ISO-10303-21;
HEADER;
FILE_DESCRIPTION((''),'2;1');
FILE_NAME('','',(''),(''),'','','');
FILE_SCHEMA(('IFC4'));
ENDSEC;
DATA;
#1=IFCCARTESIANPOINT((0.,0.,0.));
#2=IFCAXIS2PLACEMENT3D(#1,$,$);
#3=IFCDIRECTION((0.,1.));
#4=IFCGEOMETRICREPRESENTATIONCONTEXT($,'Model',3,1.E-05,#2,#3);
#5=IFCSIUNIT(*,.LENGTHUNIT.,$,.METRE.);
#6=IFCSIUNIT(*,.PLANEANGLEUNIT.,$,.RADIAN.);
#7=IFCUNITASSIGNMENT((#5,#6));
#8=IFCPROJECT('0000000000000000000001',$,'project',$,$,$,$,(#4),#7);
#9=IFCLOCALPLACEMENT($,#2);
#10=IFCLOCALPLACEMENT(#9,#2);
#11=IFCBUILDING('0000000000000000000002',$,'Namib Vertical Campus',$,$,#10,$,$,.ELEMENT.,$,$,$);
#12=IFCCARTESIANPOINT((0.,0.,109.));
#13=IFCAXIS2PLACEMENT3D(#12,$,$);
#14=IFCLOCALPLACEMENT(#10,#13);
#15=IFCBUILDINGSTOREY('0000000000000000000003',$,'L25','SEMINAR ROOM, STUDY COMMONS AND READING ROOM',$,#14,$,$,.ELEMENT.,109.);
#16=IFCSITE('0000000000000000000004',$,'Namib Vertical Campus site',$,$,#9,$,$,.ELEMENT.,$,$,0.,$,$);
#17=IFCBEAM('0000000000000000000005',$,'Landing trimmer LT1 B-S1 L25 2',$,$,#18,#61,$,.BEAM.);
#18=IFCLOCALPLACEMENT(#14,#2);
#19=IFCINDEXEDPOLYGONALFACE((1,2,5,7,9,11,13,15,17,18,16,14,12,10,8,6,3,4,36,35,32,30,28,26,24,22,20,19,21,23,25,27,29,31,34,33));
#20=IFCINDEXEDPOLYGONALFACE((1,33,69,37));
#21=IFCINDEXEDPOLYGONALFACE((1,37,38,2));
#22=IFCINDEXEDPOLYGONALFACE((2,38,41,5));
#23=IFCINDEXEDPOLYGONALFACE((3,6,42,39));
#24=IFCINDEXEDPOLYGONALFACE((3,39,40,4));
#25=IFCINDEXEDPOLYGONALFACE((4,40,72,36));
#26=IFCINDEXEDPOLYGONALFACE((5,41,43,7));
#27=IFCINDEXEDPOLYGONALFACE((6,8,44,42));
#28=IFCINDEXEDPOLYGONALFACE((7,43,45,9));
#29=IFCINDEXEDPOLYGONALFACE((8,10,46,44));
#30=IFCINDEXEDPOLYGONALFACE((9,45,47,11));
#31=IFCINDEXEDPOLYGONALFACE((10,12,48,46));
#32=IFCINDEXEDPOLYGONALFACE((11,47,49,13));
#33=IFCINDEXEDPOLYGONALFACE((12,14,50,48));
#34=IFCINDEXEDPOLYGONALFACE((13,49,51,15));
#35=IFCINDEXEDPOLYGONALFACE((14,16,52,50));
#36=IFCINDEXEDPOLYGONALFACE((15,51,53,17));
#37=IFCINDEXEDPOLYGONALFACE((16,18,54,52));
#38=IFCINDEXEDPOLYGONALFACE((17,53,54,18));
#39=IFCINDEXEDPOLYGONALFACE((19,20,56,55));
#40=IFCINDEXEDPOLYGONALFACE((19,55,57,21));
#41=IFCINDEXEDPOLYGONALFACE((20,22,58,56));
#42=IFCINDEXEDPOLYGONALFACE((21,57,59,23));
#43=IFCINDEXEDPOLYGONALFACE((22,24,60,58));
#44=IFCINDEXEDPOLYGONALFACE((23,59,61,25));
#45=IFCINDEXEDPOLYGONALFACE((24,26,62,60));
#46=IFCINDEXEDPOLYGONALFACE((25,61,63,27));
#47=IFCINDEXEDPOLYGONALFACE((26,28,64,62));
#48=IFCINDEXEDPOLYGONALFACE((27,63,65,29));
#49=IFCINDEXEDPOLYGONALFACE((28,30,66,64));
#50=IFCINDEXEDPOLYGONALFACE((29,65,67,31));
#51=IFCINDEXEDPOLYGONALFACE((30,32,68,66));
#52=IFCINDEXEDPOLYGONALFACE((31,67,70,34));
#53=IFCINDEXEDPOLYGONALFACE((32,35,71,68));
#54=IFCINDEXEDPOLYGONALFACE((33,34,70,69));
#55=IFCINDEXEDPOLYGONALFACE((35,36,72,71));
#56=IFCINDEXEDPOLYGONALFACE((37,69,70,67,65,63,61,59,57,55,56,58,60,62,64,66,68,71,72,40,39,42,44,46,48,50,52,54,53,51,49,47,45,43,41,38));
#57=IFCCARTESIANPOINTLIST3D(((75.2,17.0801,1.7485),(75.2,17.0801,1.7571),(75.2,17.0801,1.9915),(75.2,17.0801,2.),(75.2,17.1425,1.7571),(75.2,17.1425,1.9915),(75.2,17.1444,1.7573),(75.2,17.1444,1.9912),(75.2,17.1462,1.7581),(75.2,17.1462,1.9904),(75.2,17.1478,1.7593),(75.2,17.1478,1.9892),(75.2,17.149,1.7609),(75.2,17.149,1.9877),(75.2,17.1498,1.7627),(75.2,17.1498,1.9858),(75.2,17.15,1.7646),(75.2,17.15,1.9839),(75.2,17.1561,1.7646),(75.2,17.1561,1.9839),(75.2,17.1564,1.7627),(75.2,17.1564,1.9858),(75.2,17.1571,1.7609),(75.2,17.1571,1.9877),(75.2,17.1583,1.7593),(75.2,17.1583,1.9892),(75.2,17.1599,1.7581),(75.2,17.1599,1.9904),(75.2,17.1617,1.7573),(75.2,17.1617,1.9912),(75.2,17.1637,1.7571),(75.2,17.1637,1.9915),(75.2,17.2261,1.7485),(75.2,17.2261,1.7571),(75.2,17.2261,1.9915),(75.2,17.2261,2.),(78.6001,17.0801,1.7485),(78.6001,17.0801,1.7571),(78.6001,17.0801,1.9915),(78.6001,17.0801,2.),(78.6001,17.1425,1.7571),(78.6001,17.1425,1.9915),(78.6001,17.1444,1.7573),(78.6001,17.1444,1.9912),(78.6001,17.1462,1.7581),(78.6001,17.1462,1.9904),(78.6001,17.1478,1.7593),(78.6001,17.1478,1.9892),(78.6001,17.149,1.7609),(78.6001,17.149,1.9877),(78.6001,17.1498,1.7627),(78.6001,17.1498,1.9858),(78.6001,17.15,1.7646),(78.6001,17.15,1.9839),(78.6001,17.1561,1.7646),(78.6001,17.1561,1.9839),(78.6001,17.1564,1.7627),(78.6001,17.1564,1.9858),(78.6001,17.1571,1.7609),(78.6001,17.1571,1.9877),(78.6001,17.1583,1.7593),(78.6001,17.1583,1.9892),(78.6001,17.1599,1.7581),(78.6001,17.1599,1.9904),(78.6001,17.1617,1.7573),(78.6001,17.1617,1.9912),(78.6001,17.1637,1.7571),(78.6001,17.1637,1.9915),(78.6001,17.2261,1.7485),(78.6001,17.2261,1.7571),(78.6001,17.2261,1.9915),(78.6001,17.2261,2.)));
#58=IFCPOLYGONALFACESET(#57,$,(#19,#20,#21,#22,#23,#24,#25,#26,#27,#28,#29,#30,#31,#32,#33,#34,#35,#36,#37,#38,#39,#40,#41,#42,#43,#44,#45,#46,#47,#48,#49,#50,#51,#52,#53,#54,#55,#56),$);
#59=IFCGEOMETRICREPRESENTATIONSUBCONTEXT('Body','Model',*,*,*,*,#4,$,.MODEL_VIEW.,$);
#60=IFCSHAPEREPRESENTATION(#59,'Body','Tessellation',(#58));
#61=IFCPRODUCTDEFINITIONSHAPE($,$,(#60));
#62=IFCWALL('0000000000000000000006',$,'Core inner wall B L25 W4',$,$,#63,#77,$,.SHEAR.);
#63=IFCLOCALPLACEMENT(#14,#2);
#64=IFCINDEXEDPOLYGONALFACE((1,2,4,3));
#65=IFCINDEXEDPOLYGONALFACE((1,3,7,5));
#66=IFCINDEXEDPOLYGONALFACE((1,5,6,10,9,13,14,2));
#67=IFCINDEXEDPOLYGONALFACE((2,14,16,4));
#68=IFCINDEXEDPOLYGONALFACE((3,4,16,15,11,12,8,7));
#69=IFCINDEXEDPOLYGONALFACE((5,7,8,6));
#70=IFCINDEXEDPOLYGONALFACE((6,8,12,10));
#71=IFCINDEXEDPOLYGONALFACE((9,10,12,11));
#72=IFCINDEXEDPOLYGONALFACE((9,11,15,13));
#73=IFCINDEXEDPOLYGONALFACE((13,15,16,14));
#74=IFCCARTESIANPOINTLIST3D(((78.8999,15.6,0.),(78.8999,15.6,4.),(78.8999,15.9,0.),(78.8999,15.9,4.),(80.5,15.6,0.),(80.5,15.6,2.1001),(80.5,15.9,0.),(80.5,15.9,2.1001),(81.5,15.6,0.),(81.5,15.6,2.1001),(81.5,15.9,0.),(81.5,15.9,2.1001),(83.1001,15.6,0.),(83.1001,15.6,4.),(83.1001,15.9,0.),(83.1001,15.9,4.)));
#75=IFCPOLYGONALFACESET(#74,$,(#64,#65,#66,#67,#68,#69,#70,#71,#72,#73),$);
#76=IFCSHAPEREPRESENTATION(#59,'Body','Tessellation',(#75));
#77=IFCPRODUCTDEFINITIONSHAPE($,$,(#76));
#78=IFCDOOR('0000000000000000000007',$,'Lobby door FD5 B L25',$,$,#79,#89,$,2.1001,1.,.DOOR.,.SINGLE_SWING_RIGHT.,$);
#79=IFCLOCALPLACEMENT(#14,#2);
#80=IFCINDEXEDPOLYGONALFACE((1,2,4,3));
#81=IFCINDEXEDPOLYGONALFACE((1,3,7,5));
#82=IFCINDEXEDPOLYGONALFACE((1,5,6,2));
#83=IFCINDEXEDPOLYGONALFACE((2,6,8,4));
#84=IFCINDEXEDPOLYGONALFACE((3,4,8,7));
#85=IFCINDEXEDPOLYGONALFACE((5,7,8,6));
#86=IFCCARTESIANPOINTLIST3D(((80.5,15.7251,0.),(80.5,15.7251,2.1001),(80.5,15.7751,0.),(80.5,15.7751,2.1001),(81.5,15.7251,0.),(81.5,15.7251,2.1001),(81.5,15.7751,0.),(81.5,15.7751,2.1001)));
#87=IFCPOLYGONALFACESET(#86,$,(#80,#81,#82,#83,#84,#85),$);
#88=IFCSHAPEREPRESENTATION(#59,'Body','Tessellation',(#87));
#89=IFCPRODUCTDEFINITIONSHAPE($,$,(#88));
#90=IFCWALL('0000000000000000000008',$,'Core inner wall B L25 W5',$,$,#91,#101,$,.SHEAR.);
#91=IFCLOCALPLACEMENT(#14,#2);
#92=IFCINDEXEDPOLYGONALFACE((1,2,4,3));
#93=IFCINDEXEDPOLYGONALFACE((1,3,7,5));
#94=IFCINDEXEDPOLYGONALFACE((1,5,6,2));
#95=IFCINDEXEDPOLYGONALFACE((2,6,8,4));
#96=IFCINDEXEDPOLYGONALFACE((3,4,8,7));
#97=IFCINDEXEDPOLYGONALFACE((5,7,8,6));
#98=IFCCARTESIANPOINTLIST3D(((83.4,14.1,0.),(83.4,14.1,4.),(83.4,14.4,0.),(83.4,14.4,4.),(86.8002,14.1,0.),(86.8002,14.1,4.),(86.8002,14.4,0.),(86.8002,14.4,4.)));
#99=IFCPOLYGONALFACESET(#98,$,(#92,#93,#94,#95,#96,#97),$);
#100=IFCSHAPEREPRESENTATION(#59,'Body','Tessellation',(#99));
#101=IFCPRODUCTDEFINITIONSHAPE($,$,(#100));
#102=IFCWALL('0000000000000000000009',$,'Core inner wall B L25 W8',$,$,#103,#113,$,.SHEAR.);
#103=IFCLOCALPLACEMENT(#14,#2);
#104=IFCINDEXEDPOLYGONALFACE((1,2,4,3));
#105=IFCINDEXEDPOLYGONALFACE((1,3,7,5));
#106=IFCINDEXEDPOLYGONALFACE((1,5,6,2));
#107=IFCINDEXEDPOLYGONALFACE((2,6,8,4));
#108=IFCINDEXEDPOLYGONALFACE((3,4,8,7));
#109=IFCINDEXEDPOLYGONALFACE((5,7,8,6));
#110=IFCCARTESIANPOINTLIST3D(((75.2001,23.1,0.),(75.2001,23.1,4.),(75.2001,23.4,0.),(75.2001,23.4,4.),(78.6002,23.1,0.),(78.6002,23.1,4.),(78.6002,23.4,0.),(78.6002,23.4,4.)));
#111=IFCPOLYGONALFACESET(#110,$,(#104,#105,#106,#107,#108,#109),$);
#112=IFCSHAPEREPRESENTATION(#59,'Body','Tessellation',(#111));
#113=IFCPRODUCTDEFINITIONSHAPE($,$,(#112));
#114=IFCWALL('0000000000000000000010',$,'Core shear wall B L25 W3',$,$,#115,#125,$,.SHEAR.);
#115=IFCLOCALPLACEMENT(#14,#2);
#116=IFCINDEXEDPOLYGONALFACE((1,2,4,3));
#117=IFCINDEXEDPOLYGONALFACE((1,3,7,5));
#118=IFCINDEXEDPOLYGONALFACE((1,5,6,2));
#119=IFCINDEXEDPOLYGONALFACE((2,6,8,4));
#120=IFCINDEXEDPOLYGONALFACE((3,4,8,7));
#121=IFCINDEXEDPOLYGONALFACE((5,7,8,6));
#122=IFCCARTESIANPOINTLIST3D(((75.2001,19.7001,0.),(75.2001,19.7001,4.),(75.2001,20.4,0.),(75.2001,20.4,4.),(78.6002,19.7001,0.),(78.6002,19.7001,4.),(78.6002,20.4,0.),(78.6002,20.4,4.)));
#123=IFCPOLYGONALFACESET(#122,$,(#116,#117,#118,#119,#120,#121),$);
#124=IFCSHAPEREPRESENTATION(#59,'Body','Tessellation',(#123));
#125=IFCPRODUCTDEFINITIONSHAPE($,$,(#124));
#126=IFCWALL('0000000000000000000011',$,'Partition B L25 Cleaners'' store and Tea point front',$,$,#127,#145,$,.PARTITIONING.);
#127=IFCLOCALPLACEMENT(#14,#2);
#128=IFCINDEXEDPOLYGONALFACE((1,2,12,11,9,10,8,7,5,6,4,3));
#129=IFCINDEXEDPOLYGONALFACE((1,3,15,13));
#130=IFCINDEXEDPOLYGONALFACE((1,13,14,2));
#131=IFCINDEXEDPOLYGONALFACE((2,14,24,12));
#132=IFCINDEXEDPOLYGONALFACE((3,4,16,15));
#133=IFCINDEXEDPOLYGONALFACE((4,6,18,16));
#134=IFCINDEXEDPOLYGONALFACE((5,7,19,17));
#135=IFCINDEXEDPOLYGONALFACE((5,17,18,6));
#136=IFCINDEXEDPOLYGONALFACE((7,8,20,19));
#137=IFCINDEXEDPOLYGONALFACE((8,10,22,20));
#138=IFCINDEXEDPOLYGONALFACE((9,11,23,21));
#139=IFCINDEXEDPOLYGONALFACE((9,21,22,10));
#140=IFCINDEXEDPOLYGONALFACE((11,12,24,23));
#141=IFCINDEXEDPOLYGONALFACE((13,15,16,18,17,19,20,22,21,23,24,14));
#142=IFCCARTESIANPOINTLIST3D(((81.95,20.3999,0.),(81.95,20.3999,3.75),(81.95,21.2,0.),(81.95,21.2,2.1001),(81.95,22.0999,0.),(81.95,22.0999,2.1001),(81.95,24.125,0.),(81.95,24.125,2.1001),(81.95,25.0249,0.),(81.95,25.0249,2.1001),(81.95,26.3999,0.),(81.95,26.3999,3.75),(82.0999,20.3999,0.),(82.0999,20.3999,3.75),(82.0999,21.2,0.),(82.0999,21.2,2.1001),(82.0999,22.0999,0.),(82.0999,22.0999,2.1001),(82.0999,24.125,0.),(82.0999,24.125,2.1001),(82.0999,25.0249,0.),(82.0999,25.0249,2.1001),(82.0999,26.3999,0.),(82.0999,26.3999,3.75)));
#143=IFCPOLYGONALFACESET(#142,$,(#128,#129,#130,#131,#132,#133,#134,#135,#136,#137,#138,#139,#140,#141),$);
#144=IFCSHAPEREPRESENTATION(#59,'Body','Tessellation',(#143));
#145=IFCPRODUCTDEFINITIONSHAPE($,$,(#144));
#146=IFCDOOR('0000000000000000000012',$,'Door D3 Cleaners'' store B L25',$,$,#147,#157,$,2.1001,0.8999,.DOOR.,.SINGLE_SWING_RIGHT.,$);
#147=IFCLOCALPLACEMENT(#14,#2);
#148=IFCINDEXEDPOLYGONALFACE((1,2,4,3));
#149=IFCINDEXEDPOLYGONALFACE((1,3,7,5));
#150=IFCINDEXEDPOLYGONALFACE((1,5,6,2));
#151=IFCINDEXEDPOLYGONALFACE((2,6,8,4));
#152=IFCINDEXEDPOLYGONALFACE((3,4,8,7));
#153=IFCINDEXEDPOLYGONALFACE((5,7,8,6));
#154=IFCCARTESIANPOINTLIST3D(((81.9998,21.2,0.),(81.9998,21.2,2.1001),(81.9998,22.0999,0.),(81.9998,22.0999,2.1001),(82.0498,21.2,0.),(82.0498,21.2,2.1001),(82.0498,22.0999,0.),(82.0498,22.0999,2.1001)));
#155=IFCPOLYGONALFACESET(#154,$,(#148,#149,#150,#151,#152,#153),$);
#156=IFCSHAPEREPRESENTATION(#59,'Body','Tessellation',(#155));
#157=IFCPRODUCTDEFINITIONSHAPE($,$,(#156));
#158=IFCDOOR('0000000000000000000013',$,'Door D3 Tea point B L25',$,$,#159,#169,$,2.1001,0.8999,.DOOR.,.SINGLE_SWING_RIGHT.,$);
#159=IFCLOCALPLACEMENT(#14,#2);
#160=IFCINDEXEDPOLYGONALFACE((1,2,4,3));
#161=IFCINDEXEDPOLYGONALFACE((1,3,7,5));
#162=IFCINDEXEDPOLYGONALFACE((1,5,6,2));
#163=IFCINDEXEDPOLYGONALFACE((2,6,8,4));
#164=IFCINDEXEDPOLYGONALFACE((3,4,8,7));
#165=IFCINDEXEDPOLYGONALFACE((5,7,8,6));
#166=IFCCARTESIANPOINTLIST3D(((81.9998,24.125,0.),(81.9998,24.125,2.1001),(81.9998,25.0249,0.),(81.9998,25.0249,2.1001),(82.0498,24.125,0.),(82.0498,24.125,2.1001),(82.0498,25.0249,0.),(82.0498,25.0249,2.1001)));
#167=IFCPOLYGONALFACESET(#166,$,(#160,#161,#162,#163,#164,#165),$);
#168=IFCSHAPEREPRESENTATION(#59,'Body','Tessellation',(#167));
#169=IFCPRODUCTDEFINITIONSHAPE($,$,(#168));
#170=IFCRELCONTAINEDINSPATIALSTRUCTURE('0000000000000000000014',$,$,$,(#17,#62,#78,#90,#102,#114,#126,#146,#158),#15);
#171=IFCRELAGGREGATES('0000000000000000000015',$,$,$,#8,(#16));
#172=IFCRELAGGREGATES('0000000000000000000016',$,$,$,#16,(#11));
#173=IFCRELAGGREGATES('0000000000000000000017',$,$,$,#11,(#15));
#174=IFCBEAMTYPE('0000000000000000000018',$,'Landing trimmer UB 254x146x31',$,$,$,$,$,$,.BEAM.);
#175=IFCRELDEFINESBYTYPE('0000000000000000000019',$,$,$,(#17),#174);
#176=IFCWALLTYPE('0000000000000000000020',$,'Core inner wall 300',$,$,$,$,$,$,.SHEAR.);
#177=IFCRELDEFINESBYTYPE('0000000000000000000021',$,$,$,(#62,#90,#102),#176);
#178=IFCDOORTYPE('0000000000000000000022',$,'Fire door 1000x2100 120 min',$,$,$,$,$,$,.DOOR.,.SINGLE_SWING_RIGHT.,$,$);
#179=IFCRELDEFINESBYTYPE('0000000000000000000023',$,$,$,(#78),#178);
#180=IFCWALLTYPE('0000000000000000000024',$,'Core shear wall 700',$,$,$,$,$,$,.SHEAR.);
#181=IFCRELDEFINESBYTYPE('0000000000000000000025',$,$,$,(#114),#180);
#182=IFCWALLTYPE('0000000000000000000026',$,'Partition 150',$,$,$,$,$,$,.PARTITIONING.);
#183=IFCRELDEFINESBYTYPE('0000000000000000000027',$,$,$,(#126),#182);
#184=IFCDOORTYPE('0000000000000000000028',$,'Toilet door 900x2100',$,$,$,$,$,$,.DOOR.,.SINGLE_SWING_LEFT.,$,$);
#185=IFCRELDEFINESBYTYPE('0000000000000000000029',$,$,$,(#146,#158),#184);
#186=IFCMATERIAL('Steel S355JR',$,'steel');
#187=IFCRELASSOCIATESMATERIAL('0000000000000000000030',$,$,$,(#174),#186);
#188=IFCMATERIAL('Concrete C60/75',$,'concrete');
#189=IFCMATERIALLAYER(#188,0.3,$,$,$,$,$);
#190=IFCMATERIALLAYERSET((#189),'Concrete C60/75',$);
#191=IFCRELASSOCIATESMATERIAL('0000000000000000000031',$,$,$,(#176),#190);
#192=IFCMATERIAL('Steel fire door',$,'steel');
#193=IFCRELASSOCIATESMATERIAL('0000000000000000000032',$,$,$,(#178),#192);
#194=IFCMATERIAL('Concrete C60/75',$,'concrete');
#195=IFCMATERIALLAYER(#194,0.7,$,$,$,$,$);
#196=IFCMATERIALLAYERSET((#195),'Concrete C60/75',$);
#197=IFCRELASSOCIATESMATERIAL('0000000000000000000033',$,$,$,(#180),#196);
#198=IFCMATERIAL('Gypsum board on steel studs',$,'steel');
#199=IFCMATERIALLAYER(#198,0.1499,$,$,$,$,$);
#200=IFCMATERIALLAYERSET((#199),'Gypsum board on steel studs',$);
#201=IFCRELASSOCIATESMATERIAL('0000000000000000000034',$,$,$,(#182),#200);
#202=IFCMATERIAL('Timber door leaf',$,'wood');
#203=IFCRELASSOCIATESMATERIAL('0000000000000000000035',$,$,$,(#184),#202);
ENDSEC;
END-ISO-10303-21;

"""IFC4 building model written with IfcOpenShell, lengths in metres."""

from ifc_helpers import new_model, si_unit, direction, frame, frame_2d, origin, origin_2d, place, context, subcontext, project, spatial, rectangle, i_section, extrude, material, layer, layer_set, material_profile, profile_set, type_object, element, fill, save


model = new_model("IFC4")

# Units and contexts
model_context = context("Model", 3, precision=1e-05, world=origin(), true_north=direction((0.0, 1.0)))
body_context = subcontext(model_context, "Body", "Model", "MODEL_VIEW")
ifc_project = project(units=[si_unit("LENGTHUNIT", "METRE"), si_unit("PLANEANGLEUNIT", "RADIAN")], contexts=[model_context])

# Site, building, storey
site_placement = place(None, origin())
site = spatial("IfcSite", under=ifc_project, at=site_placement, Name="Namib Vertical Campus site", CompositionType="ELEMENT", RefElevation=0.0)
building_placement = place(site_placement, origin())
building = spatial("IfcBuilding", under=site, at=building_placement, Name="Namib Vertical Campus", CompositionType="ELEMENT")
storey_placement = place(building_placement, frame((0.0, 0.0, 109.0)))
storey = spatial("IfcBuildingStorey", under=building, at=storey_placement, Name="L25", Description="SEMINAR ROOM, STUDY COMMONS AND READING ROOM", CompositionType="ELEMENT", Elevation=109.0)

# Beam
ifc_material_1 = material(Name="Steel S355JR", Category="steel")
ifc_material_profile = material_profile(ifc_material_1, i_section(OverallWidth=0.146, OverallDepth=0.2515, WebThickness=0.0061, FlangeThickness=0.0085, FilletRadius=0.0076, at=origin_2d()))
ifc_profile_set = profile_set([ifc_material_profile], Name="Steel S355JR")
beam_type = type_object("IfcBeamType", Name="Landing trimmer UB 254x146x31", PredefinedType="BEAM", material=ifc_profile_set)
beam_placement = place(storey_placement, frame((75.2, 17.1531, 1.8743), z_axis=(1.0, 0.0, 0.0), x_axis=(0.0, 1.0, 0.0)))
element("IfcBeam", 1, at=beam_placement, inside=storey, type_object=beam_type, Name="Landing trimmer LT1 B-S1 L25 2", PredefinedType="BEAM", context=body_context, shape_type="SweptSolid", body=[
    extrude(i_section(OverallWidth=0.146, OverallDepth=0.2515, WebThickness=0.0061, FlangeThickness=0.0085, FilletRadius=0.0076, at=origin_2d()), origin(), (0.0, 0.0, 1.0), 3.4001),
])

# Wall, opening, door
ifc_material_2 = material(Name="Concrete C60/75", Category="concrete")
ifc_layer_1 = layer(ifc_material_2, 0.3)
ifc_layer_set_1 = layer_set([ifc_layer_1], Name="Concrete C60/75")
wall_type_1 = type_object("IfcWallType", Name="Core inner wall 300", PredefinedType="SHEAR", material=ifc_layer_set_1)
wall_1_placement = place(storey_placement, frame((78.8999, 15.75, 0.0), z_axis=(0.0, 0.0, 1.0), x_axis=(1.0, 0.0, 0.0)))
wall_1 = element("IfcWall", 2, at=wall_1_placement, inside=storey, type_object=wall_type_1, Name="Core inner wall B L25 W4", PredefinedType="SHEAR", context=body_context, shape_type="SweptSolid", body=[
    extrude(rectangle(XDim=4.2002, YDim=0.3, at=frame_2d((2.1001, 0.0))), origin(), (0.0, 0.0, 1.0), 4.0),
])
opening_1_placement = place(wall_1_placement, frame((1.6001, 0.0, 0.0)))
opening_1 = element("IfcOpeningElement", 3, at=opening_1_placement, cuts=wall_1, PredefinedType="OPENING", context=body_context, shape_type="SweptSolid", body=[
    extrude(rectangle(XDim=1.0, YDim=2.1001, at=frame_2d((0.5, 1.05))), frame((0.0, 0.1599, 0.0), z_axis=(0.0, -1.0, 0.0), x_axis=(1.0, 0.0, 0.0)), (0.0, 0.0, 1.0), 0.3201),
])
ifc_material_3 = material(Name="Steel fire door", Category="steel")
door_type_1 = type_object("IfcDoorType", Name="Fire door 1000x2100 120 min", OperationType="SINGLE_SWING_RIGHT", PredefinedType="DOOR", material=ifc_material_3)
door_1_placement = place(opening_1_placement, frame((1.0, 0.0, 0.0), z_axis=(0.0, 0.0, 1.0), x_axis=(-1.0, 0.0, 0.0)))
door_1 = element("IfcDoor", 4, at=door_1_placement, inside=storey, type_object=door_type_1, Name="Lobby door FD5 B L25", OperationType="SINGLE_SWING_RIGHT", OverallHeight=2.1001, OverallWidth=1.0, PredefinedType="DOOR", context=body_context, shape_type="SweptSolid", body=[
    extrude(rectangle(XDim=1.0, YDim=2.1001, at=frame_2d((0.5, 1.05))), frame((0.0, 0.0249, 0.0), z_axis=(0.0, -1.0, 0.0), x_axis=(1.0, 0.0, 0.0)), (0.0, 0.0, 1.0), 0.05),
])
fill(opening_1, door_1)

# Walls
for number, where, z_axis, x_axis, name in (
    (5, (83.3999, 14.25, 0.0), (0.0, 0.0, 1.0), (1.0, 0.0, 0.0), "Core inner wall B L25 W5"),
    (6, (75.2, 23.25, 0.0), (0.0, 0.0, 1.0), (1.0, 0.0, 0.0), "Core inner wall B L25 W8"),
):
    element("IfcWall", number, at=place(storey_placement, frame(where, z_axis=z_axis, x_axis=x_axis)), inside=storey, type_object=wall_type_1, Name=name, PredefinedType="SHEAR", context=body_context, shape_type="SweptSolid", body=[
        extrude(rectangle(XDim=3.4001, YDim=0.3, at=frame_2d((1.7002, 0.0))), origin(), (0.0, 0.0, 1.0), 4.0),
    ])
ifc_material_4 = material(Name="Concrete C60/75", Category="concrete")
ifc_layer_2 = layer(ifc_material_4, 0.7)
ifc_layer_set_2 = layer_set([ifc_layer_2], Name="Concrete C60/75")
wall_type_2 = type_object("IfcWallType", Name="Core shear wall 700", PredefinedType="SHEAR", material=ifc_layer_set_2)
wall_2_placement = place(storey_placement, frame((75.2, 20.05, 0.0), z_axis=(0.0, 0.0, 1.0), x_axis=(1.0, 0.0, 0.0)))
element("IfcWall", 7, at=wall_2_placement, inside=storey, type_object=wall_type_2, Name="Core shear wall B L25 W3", PredefinedType="SHEAR", context=body_context, shape_type="SweptSolid", body=[
    extrude(rectangle(XDim=3.4001, YDim=0.7, at=frame_2d((1.7002, 0.0))), origin(), (0.0, 0.0, 1.0), 4.0),
])

# Wall, openings, doors
ifc_material_5 = material(Name="Gypsum board on steel studs", Category="steel")
ifc_layer_3 = layer(ifc_material_5, 0.1499)
ifc_layer_set_3 = layer_set([ifc_layer_3], Name="Gypsum board on steel studs")
wall_type_3 = type_object("IfcWallType", Name="Partition 150", PredefinedType="PARTITIONING", material=ifc_layer_set_3)
wall_3_placement = place(storey_placement, frame((82.0249, 20.3999, 0.0), z_axis=(0.0, 0.0, 1.0), x_axis=(0.0, 1.0, 0.0)))
wall_3 = element("IfcWall", 8, at=wall_3_placement, inside=storey, type_object=wall_type_3, Name="Partition B L25 Cleaners' store and Tea point front", PredefinedType="PARTITIONING", context=body_context, shape_type="SweptSolid", body=[
    extrude(rectangle(XDim=6.0, YDim=0.1499, at=frame_2d((3.0, 0.0))), origin(), (0.0, 0.0, 1.0), 3.75),
])
opening_2_placement = place(wall_3_placement, frame((0.8, 0.0, 0.0)))
opening_2 = element("IfcOpeningElement", 9, at=opening_2_placement, cuts=wall_3, PredefinedType="OPENING", context=body_context, shape_type="SweptSolid", body=[
    extrude(rectangle(XDim=0.8999, YDim=2.1001, at=frame_2d((0.45, 1.05))), frame((0.0, 0.085, 0.0), z_axis=(0.0, -1.0, 0.0), x_axis=(1.0, 0.0, 0.0)), (0.0, 0.0, 1.0), 0.1699),
])
opening_3_placement = place(wall_3_placement, frame((3.7251, 0.0, 0.0)))
opening_3 = element("IfcOpeningElement", 10, at=opening_3_placement, cuts=wall_3, PredefinedType="OPENING", context=body_context, shape_type="SweptSolid", body=[
    extrude(rectangle(XDim=0.8999, YDim=2.1001, at=frame_2d((0.45, 1.05))), frame((0.0, 0.085, 0.0), z_axis=(0.0, -1.0, 0.0), x_axis=(1.0, 0.0, 0.0)), (0.0, 0.0, 1.0), 0.1699),
])
ifc_material_6 = material(Name="Timber door leaf", Category="wood")
door_type_2 = type_object("IfcDoorType", Name="Toilet door 900x2100", OperationType="SINGLE_SWING_LEFT", PredefinedType="DOOR", material=ifc_material_6)
door_2_placement = place(opening_2_placement, frame((0.8999, 0.0, 0.0), z_axis=(0.0, 0.0, 1.0), x_axis=(-1.0, 0.0, 0.0)))
door_2 = element("IfcDoor", 11, at=door_2_placement, inside=storey, type_object=door_type_2, Name="Door D3 Cleaners' store B L25", OperationType="SINGLE_SWING_RIGHT", OverallHeight=2.1001, OverallWidth=0.8999, PredefinedType="DOOR", context=body_context, shape_type="SweptSolid", body=[
    extrude(rectangle(XDim=0.8999, YDim=2.1001, at=frame_2d((0.45, 1.05))), frame((0.0, 0.0249, 0.0), z_axis=(0.0, -1.0, 0.0), x_axis=(1.0, 0.0, 0.0)), (0.0, 0.0, 1.0), 0.05),
])
fill(opening_2, door_2)
door_3_placement = place(opening_3_placement, frame((0.8999, 0.0, 0.0), z_axis=(0.0, 0.0, 1.0), x_axis=(-1.0, 0.0, 0.0)))
door_3 = element("IfcDoor", 12, at=door_3_placement, inside=storey, type_object=door_type_2, Name="Door D3 Tea point B L25", OperationType="SINGLE_SWING_RIGHT", OverallHeight=2.1001, OverallWidth=0.8999, PredefinedType="DOOR", context=body_context, shape_type="SweptSolid", body=[
    extrude(rectangle(XDim=0.8999, YDim=2.1001, at=frame_2d((0.45, 1.05))), frame((0.0, 0.0249, 0.0), z_axis=(0.0, -1.0, 0.0), x_axis=(1.0, 0.0, 0.0)), (0.0, 0.0, 1.0), 0.05),
])
fill(opening_3, door_3)

save(model, "model.ifc")
